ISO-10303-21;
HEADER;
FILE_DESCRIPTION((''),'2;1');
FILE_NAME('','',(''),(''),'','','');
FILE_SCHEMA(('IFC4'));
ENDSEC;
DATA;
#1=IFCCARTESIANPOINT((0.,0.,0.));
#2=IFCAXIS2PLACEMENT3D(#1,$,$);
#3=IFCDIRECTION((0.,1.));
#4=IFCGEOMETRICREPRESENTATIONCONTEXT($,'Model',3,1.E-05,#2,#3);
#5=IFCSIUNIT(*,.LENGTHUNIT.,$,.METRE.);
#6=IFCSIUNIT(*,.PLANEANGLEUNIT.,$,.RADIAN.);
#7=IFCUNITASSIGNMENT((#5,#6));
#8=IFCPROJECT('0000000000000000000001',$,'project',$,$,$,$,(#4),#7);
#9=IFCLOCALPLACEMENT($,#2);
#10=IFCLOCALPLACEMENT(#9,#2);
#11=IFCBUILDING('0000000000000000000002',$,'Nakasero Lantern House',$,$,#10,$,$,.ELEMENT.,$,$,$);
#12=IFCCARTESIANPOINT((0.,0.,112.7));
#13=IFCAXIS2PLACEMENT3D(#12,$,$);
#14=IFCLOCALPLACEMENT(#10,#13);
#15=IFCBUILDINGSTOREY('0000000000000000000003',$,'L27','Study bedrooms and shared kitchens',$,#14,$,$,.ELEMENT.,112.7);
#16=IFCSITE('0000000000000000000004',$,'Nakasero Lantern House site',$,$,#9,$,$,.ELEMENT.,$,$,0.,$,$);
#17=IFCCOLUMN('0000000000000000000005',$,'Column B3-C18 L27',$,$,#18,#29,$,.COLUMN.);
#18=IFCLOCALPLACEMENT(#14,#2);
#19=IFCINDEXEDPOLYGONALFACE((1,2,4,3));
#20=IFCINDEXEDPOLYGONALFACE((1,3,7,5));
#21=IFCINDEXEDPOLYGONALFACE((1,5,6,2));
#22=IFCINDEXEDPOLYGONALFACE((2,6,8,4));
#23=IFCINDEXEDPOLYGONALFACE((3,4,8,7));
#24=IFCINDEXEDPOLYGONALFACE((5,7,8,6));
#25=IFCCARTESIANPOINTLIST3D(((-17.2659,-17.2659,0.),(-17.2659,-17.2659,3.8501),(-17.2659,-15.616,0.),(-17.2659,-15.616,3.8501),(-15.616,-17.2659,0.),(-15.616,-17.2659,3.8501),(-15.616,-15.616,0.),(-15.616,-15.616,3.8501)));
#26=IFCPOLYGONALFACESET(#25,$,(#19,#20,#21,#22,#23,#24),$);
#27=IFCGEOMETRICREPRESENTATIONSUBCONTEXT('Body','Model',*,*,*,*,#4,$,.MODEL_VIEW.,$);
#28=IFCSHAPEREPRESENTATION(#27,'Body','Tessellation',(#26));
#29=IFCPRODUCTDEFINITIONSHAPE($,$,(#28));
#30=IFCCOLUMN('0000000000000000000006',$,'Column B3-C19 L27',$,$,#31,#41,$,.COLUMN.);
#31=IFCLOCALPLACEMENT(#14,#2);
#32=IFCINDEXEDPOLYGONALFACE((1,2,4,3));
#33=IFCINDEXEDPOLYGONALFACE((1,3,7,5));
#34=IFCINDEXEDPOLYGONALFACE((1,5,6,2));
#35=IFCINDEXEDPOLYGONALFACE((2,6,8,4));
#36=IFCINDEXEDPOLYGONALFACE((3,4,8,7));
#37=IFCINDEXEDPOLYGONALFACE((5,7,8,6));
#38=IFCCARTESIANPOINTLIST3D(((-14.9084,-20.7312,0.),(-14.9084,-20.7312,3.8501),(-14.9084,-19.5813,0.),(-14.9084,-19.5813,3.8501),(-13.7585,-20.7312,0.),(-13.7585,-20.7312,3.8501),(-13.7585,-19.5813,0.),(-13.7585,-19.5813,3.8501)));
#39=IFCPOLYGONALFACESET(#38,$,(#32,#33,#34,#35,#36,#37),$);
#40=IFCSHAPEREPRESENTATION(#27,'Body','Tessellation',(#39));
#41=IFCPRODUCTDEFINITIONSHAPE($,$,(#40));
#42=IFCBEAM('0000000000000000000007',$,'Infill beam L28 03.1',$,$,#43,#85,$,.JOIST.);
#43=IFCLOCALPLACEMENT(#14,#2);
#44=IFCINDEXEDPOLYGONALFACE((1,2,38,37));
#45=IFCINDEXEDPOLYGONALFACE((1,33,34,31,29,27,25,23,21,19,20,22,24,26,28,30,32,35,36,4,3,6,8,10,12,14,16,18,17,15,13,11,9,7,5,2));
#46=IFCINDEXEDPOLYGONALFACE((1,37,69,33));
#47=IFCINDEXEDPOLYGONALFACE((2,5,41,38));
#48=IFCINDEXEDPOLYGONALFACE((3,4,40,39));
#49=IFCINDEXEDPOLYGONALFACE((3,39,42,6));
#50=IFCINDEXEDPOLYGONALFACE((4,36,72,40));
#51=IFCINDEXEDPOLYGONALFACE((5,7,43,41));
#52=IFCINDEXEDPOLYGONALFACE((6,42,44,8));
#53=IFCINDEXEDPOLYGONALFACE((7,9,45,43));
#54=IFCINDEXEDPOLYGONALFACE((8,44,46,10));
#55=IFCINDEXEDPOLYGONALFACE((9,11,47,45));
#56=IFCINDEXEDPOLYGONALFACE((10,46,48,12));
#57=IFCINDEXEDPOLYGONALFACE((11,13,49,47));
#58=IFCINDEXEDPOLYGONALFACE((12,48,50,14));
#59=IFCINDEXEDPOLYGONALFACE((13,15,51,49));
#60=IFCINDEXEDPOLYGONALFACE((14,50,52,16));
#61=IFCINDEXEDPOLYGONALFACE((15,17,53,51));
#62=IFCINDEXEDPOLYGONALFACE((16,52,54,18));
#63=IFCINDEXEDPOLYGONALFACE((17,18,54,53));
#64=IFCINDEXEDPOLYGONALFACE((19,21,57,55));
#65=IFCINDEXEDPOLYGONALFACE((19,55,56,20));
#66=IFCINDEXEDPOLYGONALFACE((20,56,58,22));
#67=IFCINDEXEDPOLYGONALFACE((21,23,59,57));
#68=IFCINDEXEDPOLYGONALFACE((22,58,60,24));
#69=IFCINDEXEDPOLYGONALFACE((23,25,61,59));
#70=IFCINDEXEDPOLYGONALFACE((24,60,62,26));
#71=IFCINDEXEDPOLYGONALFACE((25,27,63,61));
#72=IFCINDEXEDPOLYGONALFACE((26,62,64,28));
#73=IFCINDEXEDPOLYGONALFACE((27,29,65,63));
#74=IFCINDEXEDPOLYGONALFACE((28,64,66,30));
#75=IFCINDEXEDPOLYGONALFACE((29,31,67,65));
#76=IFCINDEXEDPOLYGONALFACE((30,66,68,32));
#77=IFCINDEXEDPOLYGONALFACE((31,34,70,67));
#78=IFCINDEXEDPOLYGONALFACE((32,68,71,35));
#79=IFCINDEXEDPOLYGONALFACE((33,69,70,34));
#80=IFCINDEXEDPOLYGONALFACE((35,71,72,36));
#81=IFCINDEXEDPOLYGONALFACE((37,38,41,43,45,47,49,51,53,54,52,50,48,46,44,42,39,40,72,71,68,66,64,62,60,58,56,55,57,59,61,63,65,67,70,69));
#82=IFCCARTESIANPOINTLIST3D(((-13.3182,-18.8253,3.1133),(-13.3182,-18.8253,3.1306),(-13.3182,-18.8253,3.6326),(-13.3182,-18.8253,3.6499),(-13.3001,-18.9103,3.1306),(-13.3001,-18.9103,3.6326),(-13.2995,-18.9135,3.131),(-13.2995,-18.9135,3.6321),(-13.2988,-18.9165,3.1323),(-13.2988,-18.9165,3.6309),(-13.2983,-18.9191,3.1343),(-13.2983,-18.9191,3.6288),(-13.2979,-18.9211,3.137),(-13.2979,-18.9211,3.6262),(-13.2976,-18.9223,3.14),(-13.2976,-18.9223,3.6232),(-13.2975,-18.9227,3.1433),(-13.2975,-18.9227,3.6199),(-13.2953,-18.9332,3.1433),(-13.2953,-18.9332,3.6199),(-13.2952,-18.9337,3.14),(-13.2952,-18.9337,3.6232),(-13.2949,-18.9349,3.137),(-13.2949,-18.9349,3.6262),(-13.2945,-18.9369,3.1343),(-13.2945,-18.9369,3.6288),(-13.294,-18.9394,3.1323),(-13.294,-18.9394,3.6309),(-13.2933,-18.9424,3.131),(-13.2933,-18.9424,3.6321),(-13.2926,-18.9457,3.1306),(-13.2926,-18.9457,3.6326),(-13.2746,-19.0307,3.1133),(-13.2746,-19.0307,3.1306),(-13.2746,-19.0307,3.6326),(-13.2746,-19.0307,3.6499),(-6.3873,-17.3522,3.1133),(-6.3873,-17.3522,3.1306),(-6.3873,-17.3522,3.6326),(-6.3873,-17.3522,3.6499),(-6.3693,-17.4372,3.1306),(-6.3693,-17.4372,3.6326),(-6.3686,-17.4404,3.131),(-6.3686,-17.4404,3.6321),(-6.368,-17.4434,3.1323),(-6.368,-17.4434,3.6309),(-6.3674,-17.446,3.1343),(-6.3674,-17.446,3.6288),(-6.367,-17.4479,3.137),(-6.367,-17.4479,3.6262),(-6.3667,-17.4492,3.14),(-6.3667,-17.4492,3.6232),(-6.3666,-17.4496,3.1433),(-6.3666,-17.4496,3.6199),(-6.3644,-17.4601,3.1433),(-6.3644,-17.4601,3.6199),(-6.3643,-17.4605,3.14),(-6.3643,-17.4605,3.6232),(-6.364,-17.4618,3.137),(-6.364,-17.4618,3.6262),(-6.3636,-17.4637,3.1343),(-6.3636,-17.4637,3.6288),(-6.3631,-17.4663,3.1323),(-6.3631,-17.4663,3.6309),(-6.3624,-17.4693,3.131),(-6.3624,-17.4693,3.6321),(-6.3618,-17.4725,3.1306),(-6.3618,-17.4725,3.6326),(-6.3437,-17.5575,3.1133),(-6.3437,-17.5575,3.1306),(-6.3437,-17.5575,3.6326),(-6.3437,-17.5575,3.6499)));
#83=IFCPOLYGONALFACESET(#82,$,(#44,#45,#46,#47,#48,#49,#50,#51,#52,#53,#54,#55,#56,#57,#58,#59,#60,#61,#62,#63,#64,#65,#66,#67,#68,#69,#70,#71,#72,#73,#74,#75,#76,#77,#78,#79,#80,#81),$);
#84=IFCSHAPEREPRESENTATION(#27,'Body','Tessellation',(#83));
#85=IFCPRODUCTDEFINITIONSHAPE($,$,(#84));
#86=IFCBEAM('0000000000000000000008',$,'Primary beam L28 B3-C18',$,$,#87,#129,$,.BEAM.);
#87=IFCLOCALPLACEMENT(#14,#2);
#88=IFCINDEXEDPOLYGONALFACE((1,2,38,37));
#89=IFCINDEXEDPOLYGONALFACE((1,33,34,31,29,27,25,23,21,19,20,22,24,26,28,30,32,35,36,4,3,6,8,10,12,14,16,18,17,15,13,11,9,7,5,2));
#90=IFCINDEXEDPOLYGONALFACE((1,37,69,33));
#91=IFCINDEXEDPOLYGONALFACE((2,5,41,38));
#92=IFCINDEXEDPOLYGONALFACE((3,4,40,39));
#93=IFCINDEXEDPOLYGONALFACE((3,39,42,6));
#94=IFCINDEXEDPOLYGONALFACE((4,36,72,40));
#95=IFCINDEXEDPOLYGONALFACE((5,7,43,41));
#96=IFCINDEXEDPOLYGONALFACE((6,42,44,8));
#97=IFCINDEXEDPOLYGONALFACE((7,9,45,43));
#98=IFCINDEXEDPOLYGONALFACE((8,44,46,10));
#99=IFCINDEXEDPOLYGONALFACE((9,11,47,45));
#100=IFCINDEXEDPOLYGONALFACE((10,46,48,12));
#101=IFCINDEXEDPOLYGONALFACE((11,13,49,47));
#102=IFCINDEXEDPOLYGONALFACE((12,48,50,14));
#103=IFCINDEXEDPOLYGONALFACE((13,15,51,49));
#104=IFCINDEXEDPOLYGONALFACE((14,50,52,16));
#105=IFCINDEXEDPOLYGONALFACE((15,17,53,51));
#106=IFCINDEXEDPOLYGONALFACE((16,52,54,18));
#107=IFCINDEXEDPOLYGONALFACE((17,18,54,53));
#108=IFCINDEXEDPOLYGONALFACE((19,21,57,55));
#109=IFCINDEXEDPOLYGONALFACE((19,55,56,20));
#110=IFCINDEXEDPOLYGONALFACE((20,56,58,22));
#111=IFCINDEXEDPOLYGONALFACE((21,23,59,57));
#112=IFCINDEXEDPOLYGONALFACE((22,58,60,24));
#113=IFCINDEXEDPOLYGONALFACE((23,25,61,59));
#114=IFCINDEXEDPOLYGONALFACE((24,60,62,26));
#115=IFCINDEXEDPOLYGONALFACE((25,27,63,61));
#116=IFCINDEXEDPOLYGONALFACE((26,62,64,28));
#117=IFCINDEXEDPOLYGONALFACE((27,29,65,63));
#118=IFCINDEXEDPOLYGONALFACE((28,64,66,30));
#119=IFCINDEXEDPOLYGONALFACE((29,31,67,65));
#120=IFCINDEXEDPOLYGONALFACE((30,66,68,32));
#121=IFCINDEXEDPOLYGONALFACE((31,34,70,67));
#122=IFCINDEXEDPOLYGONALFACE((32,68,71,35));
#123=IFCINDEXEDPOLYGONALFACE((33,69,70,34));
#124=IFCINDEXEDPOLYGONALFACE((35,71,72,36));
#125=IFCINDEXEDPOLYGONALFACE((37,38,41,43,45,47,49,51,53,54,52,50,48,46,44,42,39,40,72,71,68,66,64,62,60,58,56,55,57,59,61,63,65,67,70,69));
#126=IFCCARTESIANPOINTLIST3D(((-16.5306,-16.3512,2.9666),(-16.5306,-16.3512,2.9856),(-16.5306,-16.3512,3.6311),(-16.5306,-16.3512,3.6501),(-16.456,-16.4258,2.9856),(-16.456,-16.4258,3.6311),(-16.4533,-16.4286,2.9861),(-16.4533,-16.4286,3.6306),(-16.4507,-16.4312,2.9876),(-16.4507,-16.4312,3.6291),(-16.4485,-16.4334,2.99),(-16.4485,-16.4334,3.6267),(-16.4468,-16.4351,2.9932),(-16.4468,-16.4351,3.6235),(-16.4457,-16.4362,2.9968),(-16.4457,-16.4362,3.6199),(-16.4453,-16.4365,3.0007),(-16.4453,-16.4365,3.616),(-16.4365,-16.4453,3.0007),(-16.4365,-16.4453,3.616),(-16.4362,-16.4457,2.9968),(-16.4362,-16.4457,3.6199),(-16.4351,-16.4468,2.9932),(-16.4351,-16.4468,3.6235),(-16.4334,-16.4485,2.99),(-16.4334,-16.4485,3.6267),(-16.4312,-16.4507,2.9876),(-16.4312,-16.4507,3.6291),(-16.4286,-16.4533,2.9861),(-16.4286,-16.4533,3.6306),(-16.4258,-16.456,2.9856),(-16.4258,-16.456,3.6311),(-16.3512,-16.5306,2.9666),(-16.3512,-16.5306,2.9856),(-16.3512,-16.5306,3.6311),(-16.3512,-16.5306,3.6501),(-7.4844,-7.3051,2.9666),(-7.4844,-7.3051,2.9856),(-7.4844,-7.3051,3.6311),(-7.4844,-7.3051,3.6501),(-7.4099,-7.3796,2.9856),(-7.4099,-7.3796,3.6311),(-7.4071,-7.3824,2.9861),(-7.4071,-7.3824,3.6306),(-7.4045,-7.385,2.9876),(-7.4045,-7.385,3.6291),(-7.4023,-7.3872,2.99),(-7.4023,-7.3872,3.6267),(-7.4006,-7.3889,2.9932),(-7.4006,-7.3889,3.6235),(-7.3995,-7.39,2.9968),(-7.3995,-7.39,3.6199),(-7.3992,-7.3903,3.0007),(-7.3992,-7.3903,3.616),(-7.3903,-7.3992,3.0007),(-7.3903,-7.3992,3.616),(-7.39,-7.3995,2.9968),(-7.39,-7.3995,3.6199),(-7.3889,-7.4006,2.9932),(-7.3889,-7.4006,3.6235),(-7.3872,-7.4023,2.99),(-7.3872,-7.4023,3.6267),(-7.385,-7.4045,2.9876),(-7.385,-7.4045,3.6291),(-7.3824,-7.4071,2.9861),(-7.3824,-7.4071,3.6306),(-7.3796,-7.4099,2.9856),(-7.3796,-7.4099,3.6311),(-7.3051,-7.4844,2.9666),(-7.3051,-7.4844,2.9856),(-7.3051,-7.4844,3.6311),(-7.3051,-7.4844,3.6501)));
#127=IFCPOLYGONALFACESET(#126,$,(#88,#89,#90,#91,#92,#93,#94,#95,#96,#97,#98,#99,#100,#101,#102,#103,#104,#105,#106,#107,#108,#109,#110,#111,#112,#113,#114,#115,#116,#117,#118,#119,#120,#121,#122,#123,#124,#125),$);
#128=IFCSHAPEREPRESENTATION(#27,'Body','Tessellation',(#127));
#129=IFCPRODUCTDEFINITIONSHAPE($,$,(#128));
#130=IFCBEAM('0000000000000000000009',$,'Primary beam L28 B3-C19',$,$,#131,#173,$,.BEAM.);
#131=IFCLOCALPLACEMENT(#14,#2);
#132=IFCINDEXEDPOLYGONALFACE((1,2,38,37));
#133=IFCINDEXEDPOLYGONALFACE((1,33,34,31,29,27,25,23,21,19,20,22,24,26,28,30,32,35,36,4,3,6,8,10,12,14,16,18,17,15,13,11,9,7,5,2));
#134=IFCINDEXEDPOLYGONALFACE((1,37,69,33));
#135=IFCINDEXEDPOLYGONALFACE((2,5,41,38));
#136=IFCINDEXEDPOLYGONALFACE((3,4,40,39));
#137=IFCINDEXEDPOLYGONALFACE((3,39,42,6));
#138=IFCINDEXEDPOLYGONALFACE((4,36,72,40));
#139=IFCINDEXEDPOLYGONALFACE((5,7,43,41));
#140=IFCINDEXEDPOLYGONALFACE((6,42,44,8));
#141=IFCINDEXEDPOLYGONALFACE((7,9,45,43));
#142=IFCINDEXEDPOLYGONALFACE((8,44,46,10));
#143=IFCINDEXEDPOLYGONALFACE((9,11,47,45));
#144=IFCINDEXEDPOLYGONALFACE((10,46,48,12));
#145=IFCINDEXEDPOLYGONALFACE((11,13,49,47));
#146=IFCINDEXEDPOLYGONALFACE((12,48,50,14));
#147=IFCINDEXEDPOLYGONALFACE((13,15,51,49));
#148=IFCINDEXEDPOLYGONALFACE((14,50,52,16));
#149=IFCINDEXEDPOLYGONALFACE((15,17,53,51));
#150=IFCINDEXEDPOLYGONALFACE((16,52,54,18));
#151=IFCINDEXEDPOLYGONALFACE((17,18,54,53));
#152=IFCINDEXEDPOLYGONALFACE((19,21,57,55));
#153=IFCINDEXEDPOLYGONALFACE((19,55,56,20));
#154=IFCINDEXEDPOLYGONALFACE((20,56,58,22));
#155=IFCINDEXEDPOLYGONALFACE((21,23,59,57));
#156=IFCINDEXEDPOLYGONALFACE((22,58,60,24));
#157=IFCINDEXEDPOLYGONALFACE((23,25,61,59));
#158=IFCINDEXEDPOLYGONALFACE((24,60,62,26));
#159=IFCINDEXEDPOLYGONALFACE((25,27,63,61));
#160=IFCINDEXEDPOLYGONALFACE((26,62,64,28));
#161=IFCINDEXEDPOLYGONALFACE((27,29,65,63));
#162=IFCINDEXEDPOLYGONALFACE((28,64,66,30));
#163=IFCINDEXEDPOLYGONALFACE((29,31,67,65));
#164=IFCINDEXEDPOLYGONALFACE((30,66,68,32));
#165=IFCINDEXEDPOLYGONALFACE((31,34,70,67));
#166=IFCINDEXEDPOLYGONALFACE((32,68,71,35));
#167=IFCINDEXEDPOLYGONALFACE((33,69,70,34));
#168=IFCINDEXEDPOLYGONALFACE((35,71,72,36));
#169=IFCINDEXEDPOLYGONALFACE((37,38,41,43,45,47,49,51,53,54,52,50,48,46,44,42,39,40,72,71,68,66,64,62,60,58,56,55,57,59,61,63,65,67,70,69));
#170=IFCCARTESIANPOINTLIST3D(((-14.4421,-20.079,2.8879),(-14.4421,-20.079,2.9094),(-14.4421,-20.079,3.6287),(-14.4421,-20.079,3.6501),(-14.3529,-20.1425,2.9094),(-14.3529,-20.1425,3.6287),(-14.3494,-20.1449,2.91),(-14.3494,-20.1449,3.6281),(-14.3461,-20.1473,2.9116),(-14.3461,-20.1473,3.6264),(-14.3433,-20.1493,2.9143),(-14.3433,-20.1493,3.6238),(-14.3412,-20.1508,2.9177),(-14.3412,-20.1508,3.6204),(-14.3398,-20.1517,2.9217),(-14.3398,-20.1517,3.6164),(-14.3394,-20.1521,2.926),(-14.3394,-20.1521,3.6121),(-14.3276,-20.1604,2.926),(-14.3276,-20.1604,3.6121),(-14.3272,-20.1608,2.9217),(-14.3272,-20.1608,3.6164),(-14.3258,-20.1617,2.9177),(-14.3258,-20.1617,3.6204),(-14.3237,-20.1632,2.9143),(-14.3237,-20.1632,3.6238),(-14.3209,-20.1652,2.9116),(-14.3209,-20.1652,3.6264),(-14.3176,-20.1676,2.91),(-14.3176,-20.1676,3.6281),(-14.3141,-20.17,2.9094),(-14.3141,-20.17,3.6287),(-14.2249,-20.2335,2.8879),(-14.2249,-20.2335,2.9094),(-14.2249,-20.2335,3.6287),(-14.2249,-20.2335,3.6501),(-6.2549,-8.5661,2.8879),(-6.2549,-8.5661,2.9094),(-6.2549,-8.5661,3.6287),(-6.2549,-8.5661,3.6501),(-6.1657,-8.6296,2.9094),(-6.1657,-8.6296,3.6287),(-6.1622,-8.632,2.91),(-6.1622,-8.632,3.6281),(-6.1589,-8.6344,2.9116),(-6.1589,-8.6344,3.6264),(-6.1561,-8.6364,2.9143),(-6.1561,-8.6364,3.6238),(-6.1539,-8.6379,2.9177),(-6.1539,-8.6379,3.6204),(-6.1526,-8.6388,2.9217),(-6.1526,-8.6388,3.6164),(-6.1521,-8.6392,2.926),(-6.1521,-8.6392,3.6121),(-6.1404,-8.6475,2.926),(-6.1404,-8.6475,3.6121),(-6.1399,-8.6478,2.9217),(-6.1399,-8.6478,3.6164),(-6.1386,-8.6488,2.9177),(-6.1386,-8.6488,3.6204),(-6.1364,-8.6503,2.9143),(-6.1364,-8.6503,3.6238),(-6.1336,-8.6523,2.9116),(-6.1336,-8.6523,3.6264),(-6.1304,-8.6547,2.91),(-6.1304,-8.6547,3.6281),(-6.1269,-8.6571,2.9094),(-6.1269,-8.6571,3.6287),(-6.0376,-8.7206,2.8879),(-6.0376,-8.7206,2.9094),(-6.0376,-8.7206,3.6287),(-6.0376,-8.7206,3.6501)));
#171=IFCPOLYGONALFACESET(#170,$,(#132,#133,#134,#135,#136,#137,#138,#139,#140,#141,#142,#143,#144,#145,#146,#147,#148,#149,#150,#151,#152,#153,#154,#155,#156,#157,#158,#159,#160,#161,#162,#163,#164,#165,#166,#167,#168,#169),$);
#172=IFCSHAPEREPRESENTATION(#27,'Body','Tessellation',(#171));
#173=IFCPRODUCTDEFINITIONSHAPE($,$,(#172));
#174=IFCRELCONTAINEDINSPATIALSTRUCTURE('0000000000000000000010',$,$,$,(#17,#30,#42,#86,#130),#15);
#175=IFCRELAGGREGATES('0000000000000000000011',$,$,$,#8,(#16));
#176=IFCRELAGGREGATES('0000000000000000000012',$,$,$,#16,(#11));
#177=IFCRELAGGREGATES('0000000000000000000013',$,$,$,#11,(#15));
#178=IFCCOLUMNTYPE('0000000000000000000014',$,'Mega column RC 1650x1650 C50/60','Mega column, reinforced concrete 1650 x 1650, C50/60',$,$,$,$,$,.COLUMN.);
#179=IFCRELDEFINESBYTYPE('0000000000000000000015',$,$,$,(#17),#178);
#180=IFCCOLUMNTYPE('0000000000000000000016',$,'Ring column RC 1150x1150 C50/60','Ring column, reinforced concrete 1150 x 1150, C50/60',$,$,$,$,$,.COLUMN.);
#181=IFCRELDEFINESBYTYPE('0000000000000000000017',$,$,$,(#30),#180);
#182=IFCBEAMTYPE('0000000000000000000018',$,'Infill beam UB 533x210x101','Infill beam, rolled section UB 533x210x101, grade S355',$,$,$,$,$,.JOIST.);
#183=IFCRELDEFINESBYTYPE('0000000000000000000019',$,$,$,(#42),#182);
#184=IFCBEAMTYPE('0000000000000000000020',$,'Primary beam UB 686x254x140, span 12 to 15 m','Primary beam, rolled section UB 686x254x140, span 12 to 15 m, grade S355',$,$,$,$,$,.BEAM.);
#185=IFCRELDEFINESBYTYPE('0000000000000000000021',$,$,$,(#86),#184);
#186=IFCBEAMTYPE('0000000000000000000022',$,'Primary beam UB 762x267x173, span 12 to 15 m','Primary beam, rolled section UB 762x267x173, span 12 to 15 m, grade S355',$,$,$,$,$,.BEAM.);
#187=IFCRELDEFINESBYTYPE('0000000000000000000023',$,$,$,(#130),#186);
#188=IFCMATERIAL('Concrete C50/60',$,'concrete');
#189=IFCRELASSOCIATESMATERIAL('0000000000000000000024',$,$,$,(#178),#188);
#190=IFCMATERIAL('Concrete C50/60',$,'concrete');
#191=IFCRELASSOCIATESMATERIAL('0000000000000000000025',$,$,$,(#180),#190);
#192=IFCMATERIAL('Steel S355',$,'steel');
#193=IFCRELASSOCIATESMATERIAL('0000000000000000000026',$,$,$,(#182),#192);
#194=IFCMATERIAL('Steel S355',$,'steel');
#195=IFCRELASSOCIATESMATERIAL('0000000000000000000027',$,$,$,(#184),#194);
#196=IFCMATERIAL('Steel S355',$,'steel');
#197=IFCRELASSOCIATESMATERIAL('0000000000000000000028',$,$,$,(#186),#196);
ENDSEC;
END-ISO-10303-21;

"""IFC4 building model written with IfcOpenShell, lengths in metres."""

from ifc_helpers import new_model, si_unit, direction, frame, origin, origin_2d, place, context, subcontext, project, spatial, rectangle, i_section, extrude, material, material_profile, profile_set, type_object, element, save


model = new_model("IFC4")

# Units and contexts
model_context = context("Model", 3, precision=1e-05, world=origin(), true_north=direction((0.0, 1.0)))
body_context = subcontext(model_context, "Body", "Model", "MODEL_VIEW")
ifc_project = project(units=[si_unit("LENGTHUNIT", "METRE"), si_unit("PLANEANGLEUNIT", "RADIAN")], contexts=[model_context])

# Site, building, storey
site_placement = place(None, origin())
site = spatial("IfcSite", under=ifc_project, at=site_placement, Name="Nakasero Lantern House site", CompositionType="ELEMENT", RefElevation=0.0)
building_placement = place(site_placement, origin())
building = spatial("IfcBuilding", under=site, at=building_placement, Name="Nakasero Lantern House", CompositionType="ELEMENT")
storey_placement = place(building_placement, frame((0.0, 0.0, 112.7)))
storey = spatial("IfcBuildingStorey", under=building, at=storey_placement, Name="L27", Description="Study bedrooms and shared kitchens", CompositionType="ELEMENT", Elevation=112.7)

# Columns
ifc_material_1 = material(Name="Concrete C50/60", Category="concrete")
ifc_material_profile_1 = material_profile(ifc_material_1, rectangle(XDim=1.6499, YDim=1.6499, at=origin_2d()), Name="RC 1650x1650")
ifc_profile_set_1 = profile_set([ifc_material_profile_1], Name="Concrete C50/60")
column_type_1 = type_object("IfcColumnType", Name="Mega column RC 1650x1650 C50/60", Description="Mega column, reinforced concrete 1650 x 1650, C50/60", PredefinedType="COLUMN", material=ifc_profile_set_1)
column_1_placement = place(storey_placement, frame((-16.4409, -16.4409, 0.0), z_axis=(0.0, 0.0, 1.0), x_axis=(1.0, 0.0, 0.0)))
element("IfcColumn", 1, at=column_1_placement, inside=storey, type_object=column_type_1, Name="Column B3-C18 L27", PredefinedType="COLUMN", context=body_context, shape_type="SweptSolid", body=[
    extrude(rectangle(XDim=1.6499, YDim=1.6499, at=origin_2d()), origin(), (0.0, 0.0, 1.0), 3.8501),
])
ifc_material_2 = material(Name="Concrete C50/60", Category="concrete")
ifc_material_profile_2 = material_profile(ifc_material_2, rectangle(XDim=1.1499, YDim=1.1499, at=origin_2d()), Name="RC 1150x1150")
ifc_profile_set_2 = profile_set([ifc_material_profile_2], Name="Concrete C50/60")
column_type_2 = type_object("IfcColumnType", Name="Ring column RC 1150x1150 C50/60", Description="Ring column, reinforced concrete 1150 x 1150, C50/60", PredefinedType="COLUMN", material=ifc_profile_set_2)
column_2_placement = place(storey_placement, frame((-14.3335, -20.1562, 0.0), z_axis=(0.0, 0.0, 1.0), x_axis=(1.0, 0.0, 0.0)))
element("IfcColumn", 2, at=column_2_placement, inside=storey, type_object=column_type_2, Name="Column B3-C19 L27", PredefinedType="COLUMN", context=body_context, shape_type="SweptSolid", body=[
    extrude(rectangle(XDim=1.1499, YDim=1.1499, at=origin_2d()), origin(), (0.0, 0.0, 1.0), 3.8501),
])

# Beams
ifc_material_3 = material(Name="Steel S355", Category="steel")
ifc_material_profile_3 = material_profile(ifc_material_3, i_section(OverallWidth=0.21, OverallDepth=0.5366, WebThickness=0.0107, FlangeThickness=0.0173, FilletRadius=0.0127, at=origin_2d()), Name="UB 533x210x101")
ifc_profile_set_3 = profile_set([ifc_material_profile_3], Name="Steel S355")
beam_type_1 = type_object("IfcBeamType", Name="Infill beam UB 533x210x101", Description="Infill beam, rolled section UB 533x210x101, grade S355", PredefinedType="JOIST", material=ifc_profile_set_3)
beam_1_placement = place(storey_placement, frame((-13.2964, -18.928, 3.3816), z_axis=(0.978149, 0.207903, 0.0), x_axis=(-0.207903, 0.978149, 0.0)))
element("IfcBeam", 3, at=beam_1_placement, inside=storey, type_object=beam_type_1, Name="Infill beam L28 03.1", PredefinedType="JOIST", context=body_context, shape_type="SweptSolid", body=[
    extrude(i_section(OverallWidth=0.21, OverallDepth=0.5366, WebThickness=0.0107, FlangeThickness=0.0173, FilletRadius=0.0127, at=origin_2d()), origin(), (0.0, 0.0, 1.0), 7.0857),
])
ifc_material_4 = material(Name="Steel S355", Category="steel")
ifc_material_profile_4 = material_profile(ifc_material_4, i_section(OverallWidth=0.2537, OverallDepth=0.6836, WebThickness=0.0125, FlangeThickness=0.019, FilletRadius=0.0151, at=origin_2d()), Name="UB 686x254x140")
ifc_profile_set_4 = profile_set([ifc_material_profile_4], Name="Steel S355")
beam_type_2 = type_object("IfcBeamType", Name="Primary beam UB 686x254x140, span 12 to 15 m", Description="Primary beam, rolled section UB 686x254x140, span 12 to 15 m, grade S355", PredefinedType="BEAM", material=ifc_profile_set_4)
beam_2_placement = place(storey_placement, frame((-16.4409, -16.4409, 3.3083), z_axis=(0.707107, 0.707107, 0.0), x_axis=(-0.707107, 0.707107, 0.0)))
element("IfcBeam", 4, at=beam_2_placement, inside=storey, type_object=beam_type_2, Name="Primary beam L28 B3-C18", PredefinedType="BEAM", context=body_context, shape_type="SweptSolid", body=[
    extrude(i_section(OverallWidth=0.2537, OverallDepth=0.6836, WebThickness=0.0125, FlangeThickness=0.019, FilletRadius=0.0151, at=origin_2d()), origin(), (0.0, 0.0, 1.0), 12.7932),
])
ifc_material_5 = material(Name="Steel S355", Category="steel")
ifc_material_profile_5 = material_profile(ifc_material_5, i_section(OverallWidth=0.2666, OverallDepth=0.7622, WebThickness=0.0144, FlangeThickness=0.0215, FilletRadius=0.0166, at=origin_2d()), Name="UB 762x267x173")
ifc_profile_set_5 = profile_set([ifc_material_profile_5], Name="Steel S355")
beam_type_3 = type_object("IfcBeamType", Name="Primary beam UB 762x267x173, span 12 to 15 m", Description="Primary beam, rolled section UB 762x267x173, span 12 to 15 m, grade S355", PredefinedType="BEAM", material=ifc_profile_set_5)
beam_3_placement = place(storey_placement, frame((-14.3335, -20.1562, 3.269), z_axis=(0.579537, 0.814946, 0.0), x_axis=(-0.814946, 0.579537, 0.0)))
element("IfcBeam", 5, at=beam_3_placement, inside=storey, type_object=beam_type_3, Name="Primary beam L28 B3-C19", PredefinedType="BEAM", context=body_context, shape_type="SweptSolid", body=[
    extrude(i_section(OverallWidth=0.2666, OverallDepth=0.7622, WebThickness=0.0144, FlangeThickness=0.0215, FilletRadius=0.0166, at=origin_2d()), origin(), (0.0, 0.0, 1.0), 14.1272),
])

save(model, "model.ifc")
